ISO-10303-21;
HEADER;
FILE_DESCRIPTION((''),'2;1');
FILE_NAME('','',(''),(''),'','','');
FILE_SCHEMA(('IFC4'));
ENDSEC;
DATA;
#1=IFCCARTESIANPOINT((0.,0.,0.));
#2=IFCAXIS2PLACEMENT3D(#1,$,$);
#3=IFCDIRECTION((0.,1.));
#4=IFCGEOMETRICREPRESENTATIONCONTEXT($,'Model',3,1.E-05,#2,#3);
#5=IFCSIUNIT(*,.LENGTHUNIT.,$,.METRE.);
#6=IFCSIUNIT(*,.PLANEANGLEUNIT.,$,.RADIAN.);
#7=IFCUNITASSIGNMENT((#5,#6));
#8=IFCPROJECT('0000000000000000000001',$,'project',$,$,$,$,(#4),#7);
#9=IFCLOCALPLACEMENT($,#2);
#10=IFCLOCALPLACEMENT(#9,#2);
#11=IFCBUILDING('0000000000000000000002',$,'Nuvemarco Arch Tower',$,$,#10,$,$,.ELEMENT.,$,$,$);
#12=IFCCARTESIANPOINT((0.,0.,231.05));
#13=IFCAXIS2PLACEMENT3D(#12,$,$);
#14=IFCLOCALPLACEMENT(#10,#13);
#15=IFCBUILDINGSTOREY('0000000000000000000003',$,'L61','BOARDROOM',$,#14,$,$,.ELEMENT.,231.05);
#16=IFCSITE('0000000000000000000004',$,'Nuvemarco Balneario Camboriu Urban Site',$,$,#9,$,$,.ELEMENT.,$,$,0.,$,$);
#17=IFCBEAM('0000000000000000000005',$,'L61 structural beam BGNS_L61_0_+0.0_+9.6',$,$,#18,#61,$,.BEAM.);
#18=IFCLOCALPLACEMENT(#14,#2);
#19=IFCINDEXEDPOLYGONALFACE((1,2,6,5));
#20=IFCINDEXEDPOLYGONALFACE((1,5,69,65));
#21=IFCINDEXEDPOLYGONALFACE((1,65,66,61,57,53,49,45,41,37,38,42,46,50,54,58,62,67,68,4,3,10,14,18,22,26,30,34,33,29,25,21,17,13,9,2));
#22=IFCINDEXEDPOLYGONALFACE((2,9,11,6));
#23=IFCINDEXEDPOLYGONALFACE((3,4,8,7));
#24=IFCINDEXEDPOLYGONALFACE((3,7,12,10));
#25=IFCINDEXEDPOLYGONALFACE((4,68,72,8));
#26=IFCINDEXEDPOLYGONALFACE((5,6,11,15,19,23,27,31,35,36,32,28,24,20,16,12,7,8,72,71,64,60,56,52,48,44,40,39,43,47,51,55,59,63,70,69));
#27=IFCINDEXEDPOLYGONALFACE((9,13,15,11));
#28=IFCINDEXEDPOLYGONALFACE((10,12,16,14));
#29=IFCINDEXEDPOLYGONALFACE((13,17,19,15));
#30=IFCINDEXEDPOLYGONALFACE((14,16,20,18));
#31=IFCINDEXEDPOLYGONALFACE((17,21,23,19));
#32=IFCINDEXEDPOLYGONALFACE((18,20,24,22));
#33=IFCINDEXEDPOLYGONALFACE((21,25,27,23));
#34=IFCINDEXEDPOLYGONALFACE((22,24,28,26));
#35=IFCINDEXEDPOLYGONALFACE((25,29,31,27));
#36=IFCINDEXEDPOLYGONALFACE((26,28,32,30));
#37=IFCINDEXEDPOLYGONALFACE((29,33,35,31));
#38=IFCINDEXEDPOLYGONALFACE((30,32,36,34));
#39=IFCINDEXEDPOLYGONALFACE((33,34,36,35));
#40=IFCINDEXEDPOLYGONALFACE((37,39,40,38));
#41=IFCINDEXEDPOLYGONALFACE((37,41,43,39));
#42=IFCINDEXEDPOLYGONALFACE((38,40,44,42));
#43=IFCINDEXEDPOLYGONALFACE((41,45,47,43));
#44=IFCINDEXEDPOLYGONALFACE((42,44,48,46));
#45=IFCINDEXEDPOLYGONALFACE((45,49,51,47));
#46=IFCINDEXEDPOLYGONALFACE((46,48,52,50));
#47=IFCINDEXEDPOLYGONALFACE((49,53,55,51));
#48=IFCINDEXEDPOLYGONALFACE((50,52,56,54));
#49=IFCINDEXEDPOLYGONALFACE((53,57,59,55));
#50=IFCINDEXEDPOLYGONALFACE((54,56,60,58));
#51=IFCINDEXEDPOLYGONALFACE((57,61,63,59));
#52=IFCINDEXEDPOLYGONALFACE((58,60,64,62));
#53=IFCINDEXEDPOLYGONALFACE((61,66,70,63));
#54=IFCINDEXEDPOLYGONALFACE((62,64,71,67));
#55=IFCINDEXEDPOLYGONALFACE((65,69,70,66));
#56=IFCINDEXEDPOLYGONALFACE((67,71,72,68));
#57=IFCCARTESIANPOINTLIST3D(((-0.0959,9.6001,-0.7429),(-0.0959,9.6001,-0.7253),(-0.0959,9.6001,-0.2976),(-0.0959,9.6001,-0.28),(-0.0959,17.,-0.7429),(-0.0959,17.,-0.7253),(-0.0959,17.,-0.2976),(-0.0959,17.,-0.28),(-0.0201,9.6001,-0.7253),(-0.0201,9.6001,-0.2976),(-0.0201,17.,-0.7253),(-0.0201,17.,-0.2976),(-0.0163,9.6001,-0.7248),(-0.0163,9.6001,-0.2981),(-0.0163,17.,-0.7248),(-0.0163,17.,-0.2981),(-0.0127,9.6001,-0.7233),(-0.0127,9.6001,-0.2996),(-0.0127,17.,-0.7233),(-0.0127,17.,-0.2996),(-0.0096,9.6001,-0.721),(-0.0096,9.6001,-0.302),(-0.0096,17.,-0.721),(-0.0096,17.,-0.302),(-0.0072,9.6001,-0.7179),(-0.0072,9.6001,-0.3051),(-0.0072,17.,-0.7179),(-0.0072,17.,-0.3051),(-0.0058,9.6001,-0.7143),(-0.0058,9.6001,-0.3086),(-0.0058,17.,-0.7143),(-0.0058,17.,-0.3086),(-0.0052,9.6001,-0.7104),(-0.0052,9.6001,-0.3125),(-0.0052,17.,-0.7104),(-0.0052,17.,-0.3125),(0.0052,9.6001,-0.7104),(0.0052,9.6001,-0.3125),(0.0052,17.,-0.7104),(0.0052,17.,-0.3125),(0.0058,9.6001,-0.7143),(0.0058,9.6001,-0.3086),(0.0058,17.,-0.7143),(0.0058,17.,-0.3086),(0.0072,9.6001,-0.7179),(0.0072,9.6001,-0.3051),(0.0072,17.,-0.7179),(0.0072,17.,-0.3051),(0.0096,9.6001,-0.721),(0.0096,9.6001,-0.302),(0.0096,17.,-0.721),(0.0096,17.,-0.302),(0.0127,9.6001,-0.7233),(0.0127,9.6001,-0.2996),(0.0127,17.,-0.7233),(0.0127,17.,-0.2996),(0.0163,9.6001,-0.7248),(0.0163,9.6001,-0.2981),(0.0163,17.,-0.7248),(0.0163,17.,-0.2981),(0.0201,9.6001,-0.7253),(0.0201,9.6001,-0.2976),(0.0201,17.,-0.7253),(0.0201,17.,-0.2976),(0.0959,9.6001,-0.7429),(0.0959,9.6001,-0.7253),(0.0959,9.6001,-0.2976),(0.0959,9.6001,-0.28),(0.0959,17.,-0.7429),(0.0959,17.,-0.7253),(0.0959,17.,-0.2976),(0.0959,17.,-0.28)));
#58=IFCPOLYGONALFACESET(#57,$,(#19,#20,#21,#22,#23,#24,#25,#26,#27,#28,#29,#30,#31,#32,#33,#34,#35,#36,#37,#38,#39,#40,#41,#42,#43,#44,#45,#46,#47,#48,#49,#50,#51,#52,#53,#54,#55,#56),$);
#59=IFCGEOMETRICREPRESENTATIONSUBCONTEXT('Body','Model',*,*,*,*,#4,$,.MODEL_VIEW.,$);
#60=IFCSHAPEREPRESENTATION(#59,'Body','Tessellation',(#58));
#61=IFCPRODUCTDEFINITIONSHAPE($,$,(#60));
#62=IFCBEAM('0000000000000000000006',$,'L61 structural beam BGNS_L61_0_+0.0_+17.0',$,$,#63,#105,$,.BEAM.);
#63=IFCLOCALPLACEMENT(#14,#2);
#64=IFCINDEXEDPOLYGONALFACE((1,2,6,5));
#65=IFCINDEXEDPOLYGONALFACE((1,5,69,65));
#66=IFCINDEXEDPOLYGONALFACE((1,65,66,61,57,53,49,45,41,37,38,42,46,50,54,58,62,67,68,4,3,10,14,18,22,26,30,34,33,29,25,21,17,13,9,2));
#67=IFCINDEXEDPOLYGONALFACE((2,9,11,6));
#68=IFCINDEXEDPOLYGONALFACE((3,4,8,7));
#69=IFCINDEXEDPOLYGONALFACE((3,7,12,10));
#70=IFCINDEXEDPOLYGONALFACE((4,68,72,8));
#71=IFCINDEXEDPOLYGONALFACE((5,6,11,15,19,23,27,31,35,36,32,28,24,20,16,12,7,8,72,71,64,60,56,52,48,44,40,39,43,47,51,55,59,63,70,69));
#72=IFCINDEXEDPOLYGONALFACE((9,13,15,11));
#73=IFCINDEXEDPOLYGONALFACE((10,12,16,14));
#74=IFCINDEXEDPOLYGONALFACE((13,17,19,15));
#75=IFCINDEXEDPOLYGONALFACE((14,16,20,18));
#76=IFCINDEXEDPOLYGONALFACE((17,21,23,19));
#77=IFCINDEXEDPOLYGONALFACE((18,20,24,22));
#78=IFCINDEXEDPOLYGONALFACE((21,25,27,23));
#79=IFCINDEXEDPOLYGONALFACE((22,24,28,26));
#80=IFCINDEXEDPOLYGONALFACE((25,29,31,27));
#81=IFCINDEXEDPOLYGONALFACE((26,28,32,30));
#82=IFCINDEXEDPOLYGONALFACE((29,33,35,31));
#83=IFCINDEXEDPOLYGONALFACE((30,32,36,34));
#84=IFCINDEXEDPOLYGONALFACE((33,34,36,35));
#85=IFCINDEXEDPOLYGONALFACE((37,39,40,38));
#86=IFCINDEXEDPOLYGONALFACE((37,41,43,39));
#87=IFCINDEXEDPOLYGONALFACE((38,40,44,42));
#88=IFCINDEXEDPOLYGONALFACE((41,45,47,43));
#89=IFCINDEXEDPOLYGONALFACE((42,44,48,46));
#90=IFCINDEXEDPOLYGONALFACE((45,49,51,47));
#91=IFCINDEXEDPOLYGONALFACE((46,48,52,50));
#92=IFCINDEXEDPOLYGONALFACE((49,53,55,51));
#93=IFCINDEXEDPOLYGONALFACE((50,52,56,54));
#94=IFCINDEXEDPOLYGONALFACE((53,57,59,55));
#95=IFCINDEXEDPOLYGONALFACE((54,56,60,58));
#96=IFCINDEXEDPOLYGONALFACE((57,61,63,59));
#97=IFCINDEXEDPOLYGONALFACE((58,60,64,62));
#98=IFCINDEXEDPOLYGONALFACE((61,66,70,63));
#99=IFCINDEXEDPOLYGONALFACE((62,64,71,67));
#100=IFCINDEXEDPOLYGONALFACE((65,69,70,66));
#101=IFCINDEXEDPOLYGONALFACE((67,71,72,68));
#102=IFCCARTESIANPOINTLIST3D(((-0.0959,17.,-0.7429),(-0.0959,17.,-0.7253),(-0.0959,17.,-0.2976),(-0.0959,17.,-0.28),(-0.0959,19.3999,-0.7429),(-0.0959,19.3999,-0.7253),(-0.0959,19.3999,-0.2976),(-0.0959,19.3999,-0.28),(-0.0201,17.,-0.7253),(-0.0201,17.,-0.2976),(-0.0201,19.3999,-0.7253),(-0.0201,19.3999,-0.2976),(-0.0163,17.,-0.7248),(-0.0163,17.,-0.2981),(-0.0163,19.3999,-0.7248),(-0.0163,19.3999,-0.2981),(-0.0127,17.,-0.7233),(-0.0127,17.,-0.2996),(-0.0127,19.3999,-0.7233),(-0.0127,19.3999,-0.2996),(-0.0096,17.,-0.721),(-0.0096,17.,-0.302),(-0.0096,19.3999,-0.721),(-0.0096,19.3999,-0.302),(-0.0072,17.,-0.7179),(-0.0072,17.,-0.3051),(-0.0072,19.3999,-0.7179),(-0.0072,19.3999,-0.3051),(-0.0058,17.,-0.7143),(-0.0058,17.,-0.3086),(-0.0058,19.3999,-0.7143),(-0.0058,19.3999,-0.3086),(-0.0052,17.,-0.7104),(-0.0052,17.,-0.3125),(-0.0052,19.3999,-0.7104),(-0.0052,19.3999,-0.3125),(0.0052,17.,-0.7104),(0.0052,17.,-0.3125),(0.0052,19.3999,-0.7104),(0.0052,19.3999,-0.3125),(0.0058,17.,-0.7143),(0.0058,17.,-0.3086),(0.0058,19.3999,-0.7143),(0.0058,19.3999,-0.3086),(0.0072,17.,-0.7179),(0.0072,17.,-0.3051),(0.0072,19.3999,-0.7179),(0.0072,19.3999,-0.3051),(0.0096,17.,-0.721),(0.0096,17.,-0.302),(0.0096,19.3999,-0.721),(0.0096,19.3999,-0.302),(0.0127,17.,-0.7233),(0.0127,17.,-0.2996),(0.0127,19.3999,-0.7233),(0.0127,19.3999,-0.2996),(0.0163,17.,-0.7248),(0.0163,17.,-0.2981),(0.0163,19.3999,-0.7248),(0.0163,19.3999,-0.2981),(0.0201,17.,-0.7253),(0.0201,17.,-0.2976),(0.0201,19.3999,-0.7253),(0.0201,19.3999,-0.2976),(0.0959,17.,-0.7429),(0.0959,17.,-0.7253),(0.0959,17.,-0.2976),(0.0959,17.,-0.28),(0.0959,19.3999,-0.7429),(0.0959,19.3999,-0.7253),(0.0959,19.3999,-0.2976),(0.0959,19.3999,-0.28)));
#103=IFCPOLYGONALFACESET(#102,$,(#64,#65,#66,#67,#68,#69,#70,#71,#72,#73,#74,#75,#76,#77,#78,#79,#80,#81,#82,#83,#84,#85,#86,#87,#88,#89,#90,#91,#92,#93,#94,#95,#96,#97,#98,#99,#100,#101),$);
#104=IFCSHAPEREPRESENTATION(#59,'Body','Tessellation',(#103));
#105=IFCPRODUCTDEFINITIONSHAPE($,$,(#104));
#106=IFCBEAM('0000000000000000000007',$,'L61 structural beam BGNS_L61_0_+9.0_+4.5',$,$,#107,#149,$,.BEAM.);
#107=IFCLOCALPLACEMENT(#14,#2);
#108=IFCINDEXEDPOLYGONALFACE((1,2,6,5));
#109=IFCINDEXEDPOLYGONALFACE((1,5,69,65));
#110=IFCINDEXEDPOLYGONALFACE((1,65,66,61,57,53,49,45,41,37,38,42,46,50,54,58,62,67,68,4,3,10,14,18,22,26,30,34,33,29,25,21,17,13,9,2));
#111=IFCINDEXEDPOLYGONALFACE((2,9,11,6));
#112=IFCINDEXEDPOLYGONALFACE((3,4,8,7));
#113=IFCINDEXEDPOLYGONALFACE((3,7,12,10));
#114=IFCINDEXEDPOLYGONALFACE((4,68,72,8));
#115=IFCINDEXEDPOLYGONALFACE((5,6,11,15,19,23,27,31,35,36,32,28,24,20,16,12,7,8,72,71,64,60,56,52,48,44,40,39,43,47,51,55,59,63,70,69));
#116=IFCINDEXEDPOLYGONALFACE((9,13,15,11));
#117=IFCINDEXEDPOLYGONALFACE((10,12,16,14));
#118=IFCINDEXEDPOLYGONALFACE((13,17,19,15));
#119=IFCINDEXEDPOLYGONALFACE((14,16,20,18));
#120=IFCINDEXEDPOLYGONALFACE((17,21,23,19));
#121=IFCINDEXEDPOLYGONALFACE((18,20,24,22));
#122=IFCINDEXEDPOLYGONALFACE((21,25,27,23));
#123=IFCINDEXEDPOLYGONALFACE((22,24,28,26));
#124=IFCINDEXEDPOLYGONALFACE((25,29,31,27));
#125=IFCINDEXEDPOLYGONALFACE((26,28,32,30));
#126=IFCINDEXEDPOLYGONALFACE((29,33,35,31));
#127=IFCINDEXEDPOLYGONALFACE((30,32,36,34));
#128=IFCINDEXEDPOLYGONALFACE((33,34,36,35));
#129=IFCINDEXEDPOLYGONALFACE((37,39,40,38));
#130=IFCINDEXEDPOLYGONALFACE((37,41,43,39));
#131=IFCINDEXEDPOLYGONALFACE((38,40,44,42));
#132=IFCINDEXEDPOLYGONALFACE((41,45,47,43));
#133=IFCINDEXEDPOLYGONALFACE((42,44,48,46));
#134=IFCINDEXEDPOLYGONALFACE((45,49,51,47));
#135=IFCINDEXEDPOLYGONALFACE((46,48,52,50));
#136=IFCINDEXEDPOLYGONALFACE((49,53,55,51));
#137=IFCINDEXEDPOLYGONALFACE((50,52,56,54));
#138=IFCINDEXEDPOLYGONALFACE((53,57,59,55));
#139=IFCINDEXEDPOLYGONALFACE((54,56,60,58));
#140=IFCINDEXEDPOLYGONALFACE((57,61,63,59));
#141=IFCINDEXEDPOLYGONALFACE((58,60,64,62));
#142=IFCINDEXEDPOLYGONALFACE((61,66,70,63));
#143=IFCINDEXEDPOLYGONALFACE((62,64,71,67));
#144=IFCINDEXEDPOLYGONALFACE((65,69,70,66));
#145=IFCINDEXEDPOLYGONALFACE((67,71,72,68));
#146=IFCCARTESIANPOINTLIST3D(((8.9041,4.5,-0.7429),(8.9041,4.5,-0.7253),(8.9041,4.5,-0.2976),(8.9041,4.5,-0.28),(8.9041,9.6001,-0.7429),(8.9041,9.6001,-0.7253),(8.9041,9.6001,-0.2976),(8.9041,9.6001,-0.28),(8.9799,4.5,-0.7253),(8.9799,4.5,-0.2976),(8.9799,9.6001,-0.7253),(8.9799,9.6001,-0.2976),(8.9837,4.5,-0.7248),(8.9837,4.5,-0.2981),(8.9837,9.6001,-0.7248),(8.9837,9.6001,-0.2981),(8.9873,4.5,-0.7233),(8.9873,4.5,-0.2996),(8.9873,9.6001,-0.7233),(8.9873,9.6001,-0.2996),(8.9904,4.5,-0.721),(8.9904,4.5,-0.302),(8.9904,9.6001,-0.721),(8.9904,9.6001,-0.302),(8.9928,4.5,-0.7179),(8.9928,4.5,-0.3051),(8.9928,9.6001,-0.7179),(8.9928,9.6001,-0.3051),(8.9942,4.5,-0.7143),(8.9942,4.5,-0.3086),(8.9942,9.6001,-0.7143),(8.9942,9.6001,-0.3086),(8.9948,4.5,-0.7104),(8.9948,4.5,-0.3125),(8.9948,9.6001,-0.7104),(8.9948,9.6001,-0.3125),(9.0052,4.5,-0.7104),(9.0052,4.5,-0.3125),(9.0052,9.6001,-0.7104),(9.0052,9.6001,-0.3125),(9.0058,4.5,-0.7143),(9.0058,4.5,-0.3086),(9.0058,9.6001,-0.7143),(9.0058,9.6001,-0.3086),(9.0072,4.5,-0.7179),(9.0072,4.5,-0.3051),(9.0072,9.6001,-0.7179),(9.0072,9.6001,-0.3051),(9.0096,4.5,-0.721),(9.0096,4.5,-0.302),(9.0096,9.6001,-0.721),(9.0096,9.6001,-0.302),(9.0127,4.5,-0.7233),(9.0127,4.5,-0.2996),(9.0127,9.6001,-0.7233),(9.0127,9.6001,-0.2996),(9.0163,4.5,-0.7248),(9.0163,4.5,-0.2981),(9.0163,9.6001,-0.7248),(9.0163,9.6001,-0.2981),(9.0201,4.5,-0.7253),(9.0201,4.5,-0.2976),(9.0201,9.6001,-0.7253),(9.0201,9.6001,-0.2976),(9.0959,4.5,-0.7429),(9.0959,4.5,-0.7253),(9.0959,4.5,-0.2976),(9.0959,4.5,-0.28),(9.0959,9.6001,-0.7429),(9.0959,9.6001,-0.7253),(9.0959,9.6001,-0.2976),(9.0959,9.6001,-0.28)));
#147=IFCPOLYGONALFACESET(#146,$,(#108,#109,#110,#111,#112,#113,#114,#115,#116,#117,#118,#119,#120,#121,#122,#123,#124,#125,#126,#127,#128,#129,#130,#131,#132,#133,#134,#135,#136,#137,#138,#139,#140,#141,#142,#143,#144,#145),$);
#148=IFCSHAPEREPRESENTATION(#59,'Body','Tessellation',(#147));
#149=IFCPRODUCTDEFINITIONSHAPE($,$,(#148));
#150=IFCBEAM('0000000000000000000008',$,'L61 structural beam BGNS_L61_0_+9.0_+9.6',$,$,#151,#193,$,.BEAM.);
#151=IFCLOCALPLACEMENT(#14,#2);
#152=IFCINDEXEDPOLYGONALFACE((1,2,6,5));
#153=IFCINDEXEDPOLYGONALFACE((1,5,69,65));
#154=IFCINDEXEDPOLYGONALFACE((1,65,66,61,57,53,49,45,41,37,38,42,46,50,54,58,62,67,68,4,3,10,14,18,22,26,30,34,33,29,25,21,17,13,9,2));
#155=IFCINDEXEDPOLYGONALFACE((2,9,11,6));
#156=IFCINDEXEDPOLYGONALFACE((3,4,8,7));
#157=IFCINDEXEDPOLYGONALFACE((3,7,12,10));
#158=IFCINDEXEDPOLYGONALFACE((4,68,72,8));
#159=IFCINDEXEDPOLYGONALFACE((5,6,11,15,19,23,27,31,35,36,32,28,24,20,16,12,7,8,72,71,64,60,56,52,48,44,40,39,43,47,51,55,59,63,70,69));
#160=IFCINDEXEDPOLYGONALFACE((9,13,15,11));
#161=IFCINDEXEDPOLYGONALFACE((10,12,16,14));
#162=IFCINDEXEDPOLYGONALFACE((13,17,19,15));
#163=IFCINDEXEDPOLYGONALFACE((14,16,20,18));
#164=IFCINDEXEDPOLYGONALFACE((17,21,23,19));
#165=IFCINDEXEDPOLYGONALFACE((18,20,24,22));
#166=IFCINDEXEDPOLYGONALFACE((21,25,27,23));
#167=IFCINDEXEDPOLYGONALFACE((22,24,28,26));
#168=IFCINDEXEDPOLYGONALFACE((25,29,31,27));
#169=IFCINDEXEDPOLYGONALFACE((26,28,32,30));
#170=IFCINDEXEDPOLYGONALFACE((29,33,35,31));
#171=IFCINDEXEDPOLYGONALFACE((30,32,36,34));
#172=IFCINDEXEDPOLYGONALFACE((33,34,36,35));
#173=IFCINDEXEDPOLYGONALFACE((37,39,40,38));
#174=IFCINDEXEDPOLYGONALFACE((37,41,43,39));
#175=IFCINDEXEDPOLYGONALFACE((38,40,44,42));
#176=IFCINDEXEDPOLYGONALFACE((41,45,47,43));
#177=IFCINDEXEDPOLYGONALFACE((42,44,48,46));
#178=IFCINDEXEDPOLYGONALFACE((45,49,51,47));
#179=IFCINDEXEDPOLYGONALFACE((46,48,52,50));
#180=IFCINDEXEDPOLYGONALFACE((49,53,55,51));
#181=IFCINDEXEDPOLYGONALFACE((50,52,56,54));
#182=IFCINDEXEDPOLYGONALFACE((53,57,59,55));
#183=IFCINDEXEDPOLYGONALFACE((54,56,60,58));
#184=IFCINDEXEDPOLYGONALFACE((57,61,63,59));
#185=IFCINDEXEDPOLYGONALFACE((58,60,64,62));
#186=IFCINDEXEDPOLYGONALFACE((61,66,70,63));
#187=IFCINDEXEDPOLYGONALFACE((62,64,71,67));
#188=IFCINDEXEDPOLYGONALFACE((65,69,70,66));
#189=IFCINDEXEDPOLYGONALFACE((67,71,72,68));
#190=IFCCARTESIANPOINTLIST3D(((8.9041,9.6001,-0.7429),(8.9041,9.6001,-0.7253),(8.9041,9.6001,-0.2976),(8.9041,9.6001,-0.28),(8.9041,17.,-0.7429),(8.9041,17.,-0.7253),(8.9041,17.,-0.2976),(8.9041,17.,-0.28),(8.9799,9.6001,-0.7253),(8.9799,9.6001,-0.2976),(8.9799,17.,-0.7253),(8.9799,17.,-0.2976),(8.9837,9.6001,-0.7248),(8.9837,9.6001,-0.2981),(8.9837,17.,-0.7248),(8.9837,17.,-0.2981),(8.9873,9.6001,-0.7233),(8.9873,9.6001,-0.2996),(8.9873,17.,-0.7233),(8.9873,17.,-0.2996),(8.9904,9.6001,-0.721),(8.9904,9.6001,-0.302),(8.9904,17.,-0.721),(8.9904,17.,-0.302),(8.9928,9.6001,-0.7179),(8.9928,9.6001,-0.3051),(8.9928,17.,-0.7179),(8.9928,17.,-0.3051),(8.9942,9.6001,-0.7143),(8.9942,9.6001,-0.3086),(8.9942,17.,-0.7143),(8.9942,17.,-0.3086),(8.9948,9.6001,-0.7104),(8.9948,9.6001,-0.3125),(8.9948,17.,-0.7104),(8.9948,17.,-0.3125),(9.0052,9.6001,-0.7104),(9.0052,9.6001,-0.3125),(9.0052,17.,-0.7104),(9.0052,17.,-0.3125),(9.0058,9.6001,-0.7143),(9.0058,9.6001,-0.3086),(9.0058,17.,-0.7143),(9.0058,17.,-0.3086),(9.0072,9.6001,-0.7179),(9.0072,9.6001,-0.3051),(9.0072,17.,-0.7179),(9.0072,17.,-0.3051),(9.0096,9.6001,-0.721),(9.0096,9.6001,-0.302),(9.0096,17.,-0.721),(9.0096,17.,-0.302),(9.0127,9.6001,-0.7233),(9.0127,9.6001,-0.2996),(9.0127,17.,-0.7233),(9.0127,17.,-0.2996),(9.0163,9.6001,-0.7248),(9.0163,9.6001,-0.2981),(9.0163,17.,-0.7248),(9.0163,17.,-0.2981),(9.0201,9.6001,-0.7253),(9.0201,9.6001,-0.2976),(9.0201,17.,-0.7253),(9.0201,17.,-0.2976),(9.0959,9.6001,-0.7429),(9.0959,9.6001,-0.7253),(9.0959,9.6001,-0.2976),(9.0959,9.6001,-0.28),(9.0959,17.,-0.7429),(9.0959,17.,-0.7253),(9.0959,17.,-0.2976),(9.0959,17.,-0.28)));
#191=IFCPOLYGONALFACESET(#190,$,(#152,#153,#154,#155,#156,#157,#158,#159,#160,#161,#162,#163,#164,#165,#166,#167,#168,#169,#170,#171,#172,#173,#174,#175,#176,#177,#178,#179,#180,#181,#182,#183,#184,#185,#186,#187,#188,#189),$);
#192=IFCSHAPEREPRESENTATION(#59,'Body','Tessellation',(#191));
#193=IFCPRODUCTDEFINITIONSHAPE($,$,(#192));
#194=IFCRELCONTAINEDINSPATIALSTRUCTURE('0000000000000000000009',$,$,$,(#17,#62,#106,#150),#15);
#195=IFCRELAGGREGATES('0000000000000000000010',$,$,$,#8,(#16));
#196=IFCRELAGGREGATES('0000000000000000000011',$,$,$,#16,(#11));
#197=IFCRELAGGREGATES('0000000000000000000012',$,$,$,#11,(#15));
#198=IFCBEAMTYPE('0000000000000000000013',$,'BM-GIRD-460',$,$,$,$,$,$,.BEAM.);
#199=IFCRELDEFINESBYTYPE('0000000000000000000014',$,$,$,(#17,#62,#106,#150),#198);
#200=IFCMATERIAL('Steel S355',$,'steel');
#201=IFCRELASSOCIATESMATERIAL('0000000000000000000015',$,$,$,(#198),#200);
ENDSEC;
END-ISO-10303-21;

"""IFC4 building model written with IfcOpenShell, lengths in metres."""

from ifc_helpers import new_model, si_unit, direction, frame, origin, origin_2d, place, context, subcontext, project, spatial, i_section, extrude, material, material_profile, profile_set, type_object, element, save


model = new_model("IFC4")

# Units and contexts
model_context = context("Model", 3, precision=1e-05, world=origin(), true_north=direction((0.0, 1.0)))
body_context = subcontext(model_context, "Body", "Model", "MODEL_VIEW")
ifc_project = project(units=[si_unit("LENGTHUNIT", "METRE"), si_unit("PLANEANGLEUNIT", "RADIAN")], contexts=[model_context])

# Site, building, storey
site_placement = place(None, origin())
site = spatial("IfcSite", under=ifc_project, at=site_placement, Name="Nuvemarco Balneario Camboriu Urban Site", CompositionType="ELEMENT", RefElevation=0.0)
building_placement = place(site_placement, origin())
building = spatial("IfcBuilding", under=site, at=building_placement, Name="Nuvemarco Arch Tower", CompositionType="ELEMENT")
storey_placement = place(building_placement, frame((0.0, 0.0, 231.05)))
storey = spatial("IfcBuildingStorey", under=building, at=storey_placement, Name="L61", Description="BOARDROOM", CompositionType="ELEMENT", Elevation=231.05)

# Shared definitions
ifc_material_1 = material(Name="Steel S355", Category="steel")

# Beams
ifc_material_profile_1 = material_profile(ifc_material_1, i_section(OverallWidth=0.1919, OverallDepth=0.4629, WebThickness=0.0105, FlangeThickness=0.0176, FilletRadius=0.0149, at=origin_2d()), Name="W460x89")
ifc_profile_set_1 = profile_set([ifc_material_profile_1], Name="Steel S355")
beam_type_1 = type_object("IfcBeamType", Name="BM-GIRD-460", PredefinedType="BEAM", material=ifc_profile_set_1)
beam_1_placement = place(storey_placement, frame((0.0, 9.6001, -0.5115), z_axis=(0.0, 1.0, 0.0), x_axis=(-1.0, 0.0, 0.0)))
element("IfcBeam", 1, at=beam_1_placement, inside=storey, type_object=beam_type_1, Name="L61 structural beam BGNS_L61_0_+0.0_+9.6", PredefinedType="BEAM", context=body_context, shape_type="SweptSolid", body=[
    extrude(i_section(OverallWidth=0.1919, OverallDepth=0.4629, WebThickness=0.0105, FlangeThickness=0.0176, FilletRadius=0.0149, at=origin_2d()), origin(), (0.0, 0.0, 1.0), 7.3999),
])
beam_2_placement = place(storey_placement, frame((0.0, 17.0, -0.5115), z_axis=(0.0, 1.0, 0.0), x_axis=(-1.0, 0.0, 0.0)))
element("IfcBeam", 2, at=beam_2_placement, inside=storey, type_object=beam_type_1, Name="L61 structural beam BGNS_L61_0_+0.0_+17.0", PredefinedType="BEAM", context=body_context, shape_type="SweptSolid", body=[
    extrude(i_section(OverallWidth=0.1919, OverallDepth=0.4629, WebThickness=0.0105, FlangeThickness=0.0176, FilletRadius=0.0149, at=origin_2d()), origin(), (0.0, 0.0, 1.0), 2.3999),
])
beam_3_placement = place(storey_placement, frame((9.0, 4.5, -0.5115), z_axis=(0.0, 1.0, 0.0), x_axis=(-1.0, 0.0, 0.0)))
element("IfcBeam", 3, at=beam_3_placement, inside=storey, type_object=beam_type_1, Name="L61 structural beam BGNS_L61_0_+9.0_+4.5", PredefinedType="BEAM", context=body_context, shape_type="SweptSolid", body=[
    extrude(i_section(OverallWidth=0.1919, OverallDepth=0.4629, WebThickness=0.0105, FlangeThickness=0.0176, FilletRadius=0.0149, at=origin_2d()), origin(), (0.0, 0.0, 1.0), 5.1001),
])
beam_4_placement = place(storey_placement, frame((9.0, 9.6001, -0.5115), z_axis=(0.0, 1.0, 0.0), x_axis=(-1.0, 0.0, 0.0)))
element("IfcBeam", 4, at=beam_4_placement, inside=storey, type_object=beam_type_1, Name="L61 structural beam BGNS_L61_0_+9.0_+9.6", PredefinedType="BEAM", context=body_context, shape_type="SweptSolid", body=[
    extrude(i_section(OverallWidth=0.1919, OverallDepth=0.4629, WebThickness=0.0105, FlangeThickness=0.0176, FilletRadius=0.0149, at=origin_2d()), origin(), (0.0, 0.0, 1.0), 7.3999),
])

save(model, "model.ifc")
